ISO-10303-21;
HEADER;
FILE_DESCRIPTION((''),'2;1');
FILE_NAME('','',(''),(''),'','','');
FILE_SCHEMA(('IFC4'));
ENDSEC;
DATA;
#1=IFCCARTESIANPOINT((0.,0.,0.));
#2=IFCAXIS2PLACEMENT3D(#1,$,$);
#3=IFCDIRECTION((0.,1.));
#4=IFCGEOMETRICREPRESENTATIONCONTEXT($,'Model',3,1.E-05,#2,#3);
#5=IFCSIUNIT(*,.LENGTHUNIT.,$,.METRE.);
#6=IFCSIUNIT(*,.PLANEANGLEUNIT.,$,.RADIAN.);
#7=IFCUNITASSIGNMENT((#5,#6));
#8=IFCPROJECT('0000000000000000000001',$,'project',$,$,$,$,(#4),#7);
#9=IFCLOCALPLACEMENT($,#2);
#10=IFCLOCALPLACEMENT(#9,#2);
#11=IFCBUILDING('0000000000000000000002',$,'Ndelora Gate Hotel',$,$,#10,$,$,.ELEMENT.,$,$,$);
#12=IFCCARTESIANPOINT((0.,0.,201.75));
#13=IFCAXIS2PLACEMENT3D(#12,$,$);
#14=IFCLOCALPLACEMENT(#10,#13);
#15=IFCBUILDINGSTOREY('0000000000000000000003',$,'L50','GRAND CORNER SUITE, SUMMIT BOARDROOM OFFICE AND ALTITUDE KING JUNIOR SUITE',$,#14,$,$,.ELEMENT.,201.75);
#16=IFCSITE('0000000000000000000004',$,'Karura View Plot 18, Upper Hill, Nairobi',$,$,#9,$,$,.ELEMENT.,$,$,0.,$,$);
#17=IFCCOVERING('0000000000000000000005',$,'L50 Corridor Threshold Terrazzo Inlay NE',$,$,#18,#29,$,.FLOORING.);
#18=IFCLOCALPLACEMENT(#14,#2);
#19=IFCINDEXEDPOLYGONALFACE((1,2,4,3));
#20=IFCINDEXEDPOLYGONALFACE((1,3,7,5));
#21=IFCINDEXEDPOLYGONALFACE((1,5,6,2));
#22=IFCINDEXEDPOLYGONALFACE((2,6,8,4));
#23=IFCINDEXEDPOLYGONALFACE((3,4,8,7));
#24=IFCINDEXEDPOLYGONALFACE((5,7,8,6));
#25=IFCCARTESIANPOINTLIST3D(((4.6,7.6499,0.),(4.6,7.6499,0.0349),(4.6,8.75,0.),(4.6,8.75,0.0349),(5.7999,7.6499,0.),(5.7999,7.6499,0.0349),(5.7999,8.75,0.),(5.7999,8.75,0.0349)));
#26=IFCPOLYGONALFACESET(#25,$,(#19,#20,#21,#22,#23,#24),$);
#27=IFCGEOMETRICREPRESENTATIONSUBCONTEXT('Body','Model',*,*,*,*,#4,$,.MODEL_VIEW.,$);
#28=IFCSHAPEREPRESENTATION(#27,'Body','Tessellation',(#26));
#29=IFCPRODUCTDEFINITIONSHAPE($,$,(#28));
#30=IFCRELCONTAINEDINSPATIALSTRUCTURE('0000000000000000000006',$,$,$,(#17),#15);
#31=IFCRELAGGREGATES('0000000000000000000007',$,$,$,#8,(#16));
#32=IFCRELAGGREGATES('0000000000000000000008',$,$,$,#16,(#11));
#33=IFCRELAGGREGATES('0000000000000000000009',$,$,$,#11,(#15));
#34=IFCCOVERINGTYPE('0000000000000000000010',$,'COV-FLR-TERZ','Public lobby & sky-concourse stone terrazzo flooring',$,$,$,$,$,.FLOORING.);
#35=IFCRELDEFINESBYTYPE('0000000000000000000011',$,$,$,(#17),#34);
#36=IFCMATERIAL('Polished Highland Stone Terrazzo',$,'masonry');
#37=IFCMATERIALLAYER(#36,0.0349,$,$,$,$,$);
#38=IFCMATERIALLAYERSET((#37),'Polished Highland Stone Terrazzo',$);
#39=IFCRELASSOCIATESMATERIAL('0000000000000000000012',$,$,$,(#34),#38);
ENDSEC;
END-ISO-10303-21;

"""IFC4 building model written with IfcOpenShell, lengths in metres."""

from ifc_helpers import new_model, si_unit, direction, frame, origin, origin_2d, place, context, subcontext, project, spatial, rectangle, extrude, material, layer, layer_set, type_object, element, save


model = new_model("IFC4")

# Units and contexts
model_context = context("Model", 3, precision=1e-05, world=origin(), true_north=direction((0.0, 1.0)))
body_context = subcontext(model_context, "Body", "Model", "MODEL_VIEW")
ifc_project = project(units=[si_unit("LENGTHUNIT", "METRE"), si_unit("PLANEANGLEUNIT", "RADIAN")], contexts=[model_context])

# Site, building, storey
site_placement = place(None, origin())
site = spatial("IfcSite", under=ifc_project, at=site_placement, Name="Karura View Plot 18, Upper Hill, Nairobi", CompositionType="ELEMENT", RefElevation=0.0)
building_placement = place(site_placement, origin())
building = spatial("IfcBuilding", under=site, at=building_placement, Name="Ndelora Gate Hotel", CompositionType="ELEMENT")
storey_placement = place(building_placement, frame((0.0, 0.0, 201.75)))
storey = spatial("IfcBuildingStorey", under=building, at=storey_placement, Name="L50", Description="GRAND CORNER SUITE, SUMMIT BOARDROOM OFFICE AND ALTITUDE KING JUNIOR SUITE", CompositionType="ELEMENT", Elevation=201.75)

# Covering
ifc_material_1 = material(Name="Polished Highland Stone Terrazzo", Category="masonry")
ifc_layer_1 = layer(ifc_material_1, 0.0349)
ifc_layer_set_1 = layer_set([ifc_layer_1], Name="Polished Highland Stone Terrazzo")
covering_type_1 = type_object("IfcCoveringType", Name="COV-FLR-TERZ", Description="Public lobby & sky-concourse stone terrazzo flooring", PredefinedType="FLOORING", material=ifc_layer_set_1)
covering_1_placement = place(storey_placement, frame((5.2, 8.2, 0.0), z_axis=(0.0, 0.0, 1.0), x_axis=(1.0, 0.0, 0.0)))
element("IfcCovering", 1, at=covering_1_placement, inside=storey, type_object=covering_type_1, Name="L50 Corridor Threshold Terrazzo Inlay NE", PredefinedType="FLOORING", context=body_context, shape_type="SweptSolid", body=[
    extrude(rectangle(XDim=1.2, YDim=1.1001, at=origin_2d()), origin(), (0.0, 0.0, 1.0), 0.0349),
])

save(model, "model.ifc")
